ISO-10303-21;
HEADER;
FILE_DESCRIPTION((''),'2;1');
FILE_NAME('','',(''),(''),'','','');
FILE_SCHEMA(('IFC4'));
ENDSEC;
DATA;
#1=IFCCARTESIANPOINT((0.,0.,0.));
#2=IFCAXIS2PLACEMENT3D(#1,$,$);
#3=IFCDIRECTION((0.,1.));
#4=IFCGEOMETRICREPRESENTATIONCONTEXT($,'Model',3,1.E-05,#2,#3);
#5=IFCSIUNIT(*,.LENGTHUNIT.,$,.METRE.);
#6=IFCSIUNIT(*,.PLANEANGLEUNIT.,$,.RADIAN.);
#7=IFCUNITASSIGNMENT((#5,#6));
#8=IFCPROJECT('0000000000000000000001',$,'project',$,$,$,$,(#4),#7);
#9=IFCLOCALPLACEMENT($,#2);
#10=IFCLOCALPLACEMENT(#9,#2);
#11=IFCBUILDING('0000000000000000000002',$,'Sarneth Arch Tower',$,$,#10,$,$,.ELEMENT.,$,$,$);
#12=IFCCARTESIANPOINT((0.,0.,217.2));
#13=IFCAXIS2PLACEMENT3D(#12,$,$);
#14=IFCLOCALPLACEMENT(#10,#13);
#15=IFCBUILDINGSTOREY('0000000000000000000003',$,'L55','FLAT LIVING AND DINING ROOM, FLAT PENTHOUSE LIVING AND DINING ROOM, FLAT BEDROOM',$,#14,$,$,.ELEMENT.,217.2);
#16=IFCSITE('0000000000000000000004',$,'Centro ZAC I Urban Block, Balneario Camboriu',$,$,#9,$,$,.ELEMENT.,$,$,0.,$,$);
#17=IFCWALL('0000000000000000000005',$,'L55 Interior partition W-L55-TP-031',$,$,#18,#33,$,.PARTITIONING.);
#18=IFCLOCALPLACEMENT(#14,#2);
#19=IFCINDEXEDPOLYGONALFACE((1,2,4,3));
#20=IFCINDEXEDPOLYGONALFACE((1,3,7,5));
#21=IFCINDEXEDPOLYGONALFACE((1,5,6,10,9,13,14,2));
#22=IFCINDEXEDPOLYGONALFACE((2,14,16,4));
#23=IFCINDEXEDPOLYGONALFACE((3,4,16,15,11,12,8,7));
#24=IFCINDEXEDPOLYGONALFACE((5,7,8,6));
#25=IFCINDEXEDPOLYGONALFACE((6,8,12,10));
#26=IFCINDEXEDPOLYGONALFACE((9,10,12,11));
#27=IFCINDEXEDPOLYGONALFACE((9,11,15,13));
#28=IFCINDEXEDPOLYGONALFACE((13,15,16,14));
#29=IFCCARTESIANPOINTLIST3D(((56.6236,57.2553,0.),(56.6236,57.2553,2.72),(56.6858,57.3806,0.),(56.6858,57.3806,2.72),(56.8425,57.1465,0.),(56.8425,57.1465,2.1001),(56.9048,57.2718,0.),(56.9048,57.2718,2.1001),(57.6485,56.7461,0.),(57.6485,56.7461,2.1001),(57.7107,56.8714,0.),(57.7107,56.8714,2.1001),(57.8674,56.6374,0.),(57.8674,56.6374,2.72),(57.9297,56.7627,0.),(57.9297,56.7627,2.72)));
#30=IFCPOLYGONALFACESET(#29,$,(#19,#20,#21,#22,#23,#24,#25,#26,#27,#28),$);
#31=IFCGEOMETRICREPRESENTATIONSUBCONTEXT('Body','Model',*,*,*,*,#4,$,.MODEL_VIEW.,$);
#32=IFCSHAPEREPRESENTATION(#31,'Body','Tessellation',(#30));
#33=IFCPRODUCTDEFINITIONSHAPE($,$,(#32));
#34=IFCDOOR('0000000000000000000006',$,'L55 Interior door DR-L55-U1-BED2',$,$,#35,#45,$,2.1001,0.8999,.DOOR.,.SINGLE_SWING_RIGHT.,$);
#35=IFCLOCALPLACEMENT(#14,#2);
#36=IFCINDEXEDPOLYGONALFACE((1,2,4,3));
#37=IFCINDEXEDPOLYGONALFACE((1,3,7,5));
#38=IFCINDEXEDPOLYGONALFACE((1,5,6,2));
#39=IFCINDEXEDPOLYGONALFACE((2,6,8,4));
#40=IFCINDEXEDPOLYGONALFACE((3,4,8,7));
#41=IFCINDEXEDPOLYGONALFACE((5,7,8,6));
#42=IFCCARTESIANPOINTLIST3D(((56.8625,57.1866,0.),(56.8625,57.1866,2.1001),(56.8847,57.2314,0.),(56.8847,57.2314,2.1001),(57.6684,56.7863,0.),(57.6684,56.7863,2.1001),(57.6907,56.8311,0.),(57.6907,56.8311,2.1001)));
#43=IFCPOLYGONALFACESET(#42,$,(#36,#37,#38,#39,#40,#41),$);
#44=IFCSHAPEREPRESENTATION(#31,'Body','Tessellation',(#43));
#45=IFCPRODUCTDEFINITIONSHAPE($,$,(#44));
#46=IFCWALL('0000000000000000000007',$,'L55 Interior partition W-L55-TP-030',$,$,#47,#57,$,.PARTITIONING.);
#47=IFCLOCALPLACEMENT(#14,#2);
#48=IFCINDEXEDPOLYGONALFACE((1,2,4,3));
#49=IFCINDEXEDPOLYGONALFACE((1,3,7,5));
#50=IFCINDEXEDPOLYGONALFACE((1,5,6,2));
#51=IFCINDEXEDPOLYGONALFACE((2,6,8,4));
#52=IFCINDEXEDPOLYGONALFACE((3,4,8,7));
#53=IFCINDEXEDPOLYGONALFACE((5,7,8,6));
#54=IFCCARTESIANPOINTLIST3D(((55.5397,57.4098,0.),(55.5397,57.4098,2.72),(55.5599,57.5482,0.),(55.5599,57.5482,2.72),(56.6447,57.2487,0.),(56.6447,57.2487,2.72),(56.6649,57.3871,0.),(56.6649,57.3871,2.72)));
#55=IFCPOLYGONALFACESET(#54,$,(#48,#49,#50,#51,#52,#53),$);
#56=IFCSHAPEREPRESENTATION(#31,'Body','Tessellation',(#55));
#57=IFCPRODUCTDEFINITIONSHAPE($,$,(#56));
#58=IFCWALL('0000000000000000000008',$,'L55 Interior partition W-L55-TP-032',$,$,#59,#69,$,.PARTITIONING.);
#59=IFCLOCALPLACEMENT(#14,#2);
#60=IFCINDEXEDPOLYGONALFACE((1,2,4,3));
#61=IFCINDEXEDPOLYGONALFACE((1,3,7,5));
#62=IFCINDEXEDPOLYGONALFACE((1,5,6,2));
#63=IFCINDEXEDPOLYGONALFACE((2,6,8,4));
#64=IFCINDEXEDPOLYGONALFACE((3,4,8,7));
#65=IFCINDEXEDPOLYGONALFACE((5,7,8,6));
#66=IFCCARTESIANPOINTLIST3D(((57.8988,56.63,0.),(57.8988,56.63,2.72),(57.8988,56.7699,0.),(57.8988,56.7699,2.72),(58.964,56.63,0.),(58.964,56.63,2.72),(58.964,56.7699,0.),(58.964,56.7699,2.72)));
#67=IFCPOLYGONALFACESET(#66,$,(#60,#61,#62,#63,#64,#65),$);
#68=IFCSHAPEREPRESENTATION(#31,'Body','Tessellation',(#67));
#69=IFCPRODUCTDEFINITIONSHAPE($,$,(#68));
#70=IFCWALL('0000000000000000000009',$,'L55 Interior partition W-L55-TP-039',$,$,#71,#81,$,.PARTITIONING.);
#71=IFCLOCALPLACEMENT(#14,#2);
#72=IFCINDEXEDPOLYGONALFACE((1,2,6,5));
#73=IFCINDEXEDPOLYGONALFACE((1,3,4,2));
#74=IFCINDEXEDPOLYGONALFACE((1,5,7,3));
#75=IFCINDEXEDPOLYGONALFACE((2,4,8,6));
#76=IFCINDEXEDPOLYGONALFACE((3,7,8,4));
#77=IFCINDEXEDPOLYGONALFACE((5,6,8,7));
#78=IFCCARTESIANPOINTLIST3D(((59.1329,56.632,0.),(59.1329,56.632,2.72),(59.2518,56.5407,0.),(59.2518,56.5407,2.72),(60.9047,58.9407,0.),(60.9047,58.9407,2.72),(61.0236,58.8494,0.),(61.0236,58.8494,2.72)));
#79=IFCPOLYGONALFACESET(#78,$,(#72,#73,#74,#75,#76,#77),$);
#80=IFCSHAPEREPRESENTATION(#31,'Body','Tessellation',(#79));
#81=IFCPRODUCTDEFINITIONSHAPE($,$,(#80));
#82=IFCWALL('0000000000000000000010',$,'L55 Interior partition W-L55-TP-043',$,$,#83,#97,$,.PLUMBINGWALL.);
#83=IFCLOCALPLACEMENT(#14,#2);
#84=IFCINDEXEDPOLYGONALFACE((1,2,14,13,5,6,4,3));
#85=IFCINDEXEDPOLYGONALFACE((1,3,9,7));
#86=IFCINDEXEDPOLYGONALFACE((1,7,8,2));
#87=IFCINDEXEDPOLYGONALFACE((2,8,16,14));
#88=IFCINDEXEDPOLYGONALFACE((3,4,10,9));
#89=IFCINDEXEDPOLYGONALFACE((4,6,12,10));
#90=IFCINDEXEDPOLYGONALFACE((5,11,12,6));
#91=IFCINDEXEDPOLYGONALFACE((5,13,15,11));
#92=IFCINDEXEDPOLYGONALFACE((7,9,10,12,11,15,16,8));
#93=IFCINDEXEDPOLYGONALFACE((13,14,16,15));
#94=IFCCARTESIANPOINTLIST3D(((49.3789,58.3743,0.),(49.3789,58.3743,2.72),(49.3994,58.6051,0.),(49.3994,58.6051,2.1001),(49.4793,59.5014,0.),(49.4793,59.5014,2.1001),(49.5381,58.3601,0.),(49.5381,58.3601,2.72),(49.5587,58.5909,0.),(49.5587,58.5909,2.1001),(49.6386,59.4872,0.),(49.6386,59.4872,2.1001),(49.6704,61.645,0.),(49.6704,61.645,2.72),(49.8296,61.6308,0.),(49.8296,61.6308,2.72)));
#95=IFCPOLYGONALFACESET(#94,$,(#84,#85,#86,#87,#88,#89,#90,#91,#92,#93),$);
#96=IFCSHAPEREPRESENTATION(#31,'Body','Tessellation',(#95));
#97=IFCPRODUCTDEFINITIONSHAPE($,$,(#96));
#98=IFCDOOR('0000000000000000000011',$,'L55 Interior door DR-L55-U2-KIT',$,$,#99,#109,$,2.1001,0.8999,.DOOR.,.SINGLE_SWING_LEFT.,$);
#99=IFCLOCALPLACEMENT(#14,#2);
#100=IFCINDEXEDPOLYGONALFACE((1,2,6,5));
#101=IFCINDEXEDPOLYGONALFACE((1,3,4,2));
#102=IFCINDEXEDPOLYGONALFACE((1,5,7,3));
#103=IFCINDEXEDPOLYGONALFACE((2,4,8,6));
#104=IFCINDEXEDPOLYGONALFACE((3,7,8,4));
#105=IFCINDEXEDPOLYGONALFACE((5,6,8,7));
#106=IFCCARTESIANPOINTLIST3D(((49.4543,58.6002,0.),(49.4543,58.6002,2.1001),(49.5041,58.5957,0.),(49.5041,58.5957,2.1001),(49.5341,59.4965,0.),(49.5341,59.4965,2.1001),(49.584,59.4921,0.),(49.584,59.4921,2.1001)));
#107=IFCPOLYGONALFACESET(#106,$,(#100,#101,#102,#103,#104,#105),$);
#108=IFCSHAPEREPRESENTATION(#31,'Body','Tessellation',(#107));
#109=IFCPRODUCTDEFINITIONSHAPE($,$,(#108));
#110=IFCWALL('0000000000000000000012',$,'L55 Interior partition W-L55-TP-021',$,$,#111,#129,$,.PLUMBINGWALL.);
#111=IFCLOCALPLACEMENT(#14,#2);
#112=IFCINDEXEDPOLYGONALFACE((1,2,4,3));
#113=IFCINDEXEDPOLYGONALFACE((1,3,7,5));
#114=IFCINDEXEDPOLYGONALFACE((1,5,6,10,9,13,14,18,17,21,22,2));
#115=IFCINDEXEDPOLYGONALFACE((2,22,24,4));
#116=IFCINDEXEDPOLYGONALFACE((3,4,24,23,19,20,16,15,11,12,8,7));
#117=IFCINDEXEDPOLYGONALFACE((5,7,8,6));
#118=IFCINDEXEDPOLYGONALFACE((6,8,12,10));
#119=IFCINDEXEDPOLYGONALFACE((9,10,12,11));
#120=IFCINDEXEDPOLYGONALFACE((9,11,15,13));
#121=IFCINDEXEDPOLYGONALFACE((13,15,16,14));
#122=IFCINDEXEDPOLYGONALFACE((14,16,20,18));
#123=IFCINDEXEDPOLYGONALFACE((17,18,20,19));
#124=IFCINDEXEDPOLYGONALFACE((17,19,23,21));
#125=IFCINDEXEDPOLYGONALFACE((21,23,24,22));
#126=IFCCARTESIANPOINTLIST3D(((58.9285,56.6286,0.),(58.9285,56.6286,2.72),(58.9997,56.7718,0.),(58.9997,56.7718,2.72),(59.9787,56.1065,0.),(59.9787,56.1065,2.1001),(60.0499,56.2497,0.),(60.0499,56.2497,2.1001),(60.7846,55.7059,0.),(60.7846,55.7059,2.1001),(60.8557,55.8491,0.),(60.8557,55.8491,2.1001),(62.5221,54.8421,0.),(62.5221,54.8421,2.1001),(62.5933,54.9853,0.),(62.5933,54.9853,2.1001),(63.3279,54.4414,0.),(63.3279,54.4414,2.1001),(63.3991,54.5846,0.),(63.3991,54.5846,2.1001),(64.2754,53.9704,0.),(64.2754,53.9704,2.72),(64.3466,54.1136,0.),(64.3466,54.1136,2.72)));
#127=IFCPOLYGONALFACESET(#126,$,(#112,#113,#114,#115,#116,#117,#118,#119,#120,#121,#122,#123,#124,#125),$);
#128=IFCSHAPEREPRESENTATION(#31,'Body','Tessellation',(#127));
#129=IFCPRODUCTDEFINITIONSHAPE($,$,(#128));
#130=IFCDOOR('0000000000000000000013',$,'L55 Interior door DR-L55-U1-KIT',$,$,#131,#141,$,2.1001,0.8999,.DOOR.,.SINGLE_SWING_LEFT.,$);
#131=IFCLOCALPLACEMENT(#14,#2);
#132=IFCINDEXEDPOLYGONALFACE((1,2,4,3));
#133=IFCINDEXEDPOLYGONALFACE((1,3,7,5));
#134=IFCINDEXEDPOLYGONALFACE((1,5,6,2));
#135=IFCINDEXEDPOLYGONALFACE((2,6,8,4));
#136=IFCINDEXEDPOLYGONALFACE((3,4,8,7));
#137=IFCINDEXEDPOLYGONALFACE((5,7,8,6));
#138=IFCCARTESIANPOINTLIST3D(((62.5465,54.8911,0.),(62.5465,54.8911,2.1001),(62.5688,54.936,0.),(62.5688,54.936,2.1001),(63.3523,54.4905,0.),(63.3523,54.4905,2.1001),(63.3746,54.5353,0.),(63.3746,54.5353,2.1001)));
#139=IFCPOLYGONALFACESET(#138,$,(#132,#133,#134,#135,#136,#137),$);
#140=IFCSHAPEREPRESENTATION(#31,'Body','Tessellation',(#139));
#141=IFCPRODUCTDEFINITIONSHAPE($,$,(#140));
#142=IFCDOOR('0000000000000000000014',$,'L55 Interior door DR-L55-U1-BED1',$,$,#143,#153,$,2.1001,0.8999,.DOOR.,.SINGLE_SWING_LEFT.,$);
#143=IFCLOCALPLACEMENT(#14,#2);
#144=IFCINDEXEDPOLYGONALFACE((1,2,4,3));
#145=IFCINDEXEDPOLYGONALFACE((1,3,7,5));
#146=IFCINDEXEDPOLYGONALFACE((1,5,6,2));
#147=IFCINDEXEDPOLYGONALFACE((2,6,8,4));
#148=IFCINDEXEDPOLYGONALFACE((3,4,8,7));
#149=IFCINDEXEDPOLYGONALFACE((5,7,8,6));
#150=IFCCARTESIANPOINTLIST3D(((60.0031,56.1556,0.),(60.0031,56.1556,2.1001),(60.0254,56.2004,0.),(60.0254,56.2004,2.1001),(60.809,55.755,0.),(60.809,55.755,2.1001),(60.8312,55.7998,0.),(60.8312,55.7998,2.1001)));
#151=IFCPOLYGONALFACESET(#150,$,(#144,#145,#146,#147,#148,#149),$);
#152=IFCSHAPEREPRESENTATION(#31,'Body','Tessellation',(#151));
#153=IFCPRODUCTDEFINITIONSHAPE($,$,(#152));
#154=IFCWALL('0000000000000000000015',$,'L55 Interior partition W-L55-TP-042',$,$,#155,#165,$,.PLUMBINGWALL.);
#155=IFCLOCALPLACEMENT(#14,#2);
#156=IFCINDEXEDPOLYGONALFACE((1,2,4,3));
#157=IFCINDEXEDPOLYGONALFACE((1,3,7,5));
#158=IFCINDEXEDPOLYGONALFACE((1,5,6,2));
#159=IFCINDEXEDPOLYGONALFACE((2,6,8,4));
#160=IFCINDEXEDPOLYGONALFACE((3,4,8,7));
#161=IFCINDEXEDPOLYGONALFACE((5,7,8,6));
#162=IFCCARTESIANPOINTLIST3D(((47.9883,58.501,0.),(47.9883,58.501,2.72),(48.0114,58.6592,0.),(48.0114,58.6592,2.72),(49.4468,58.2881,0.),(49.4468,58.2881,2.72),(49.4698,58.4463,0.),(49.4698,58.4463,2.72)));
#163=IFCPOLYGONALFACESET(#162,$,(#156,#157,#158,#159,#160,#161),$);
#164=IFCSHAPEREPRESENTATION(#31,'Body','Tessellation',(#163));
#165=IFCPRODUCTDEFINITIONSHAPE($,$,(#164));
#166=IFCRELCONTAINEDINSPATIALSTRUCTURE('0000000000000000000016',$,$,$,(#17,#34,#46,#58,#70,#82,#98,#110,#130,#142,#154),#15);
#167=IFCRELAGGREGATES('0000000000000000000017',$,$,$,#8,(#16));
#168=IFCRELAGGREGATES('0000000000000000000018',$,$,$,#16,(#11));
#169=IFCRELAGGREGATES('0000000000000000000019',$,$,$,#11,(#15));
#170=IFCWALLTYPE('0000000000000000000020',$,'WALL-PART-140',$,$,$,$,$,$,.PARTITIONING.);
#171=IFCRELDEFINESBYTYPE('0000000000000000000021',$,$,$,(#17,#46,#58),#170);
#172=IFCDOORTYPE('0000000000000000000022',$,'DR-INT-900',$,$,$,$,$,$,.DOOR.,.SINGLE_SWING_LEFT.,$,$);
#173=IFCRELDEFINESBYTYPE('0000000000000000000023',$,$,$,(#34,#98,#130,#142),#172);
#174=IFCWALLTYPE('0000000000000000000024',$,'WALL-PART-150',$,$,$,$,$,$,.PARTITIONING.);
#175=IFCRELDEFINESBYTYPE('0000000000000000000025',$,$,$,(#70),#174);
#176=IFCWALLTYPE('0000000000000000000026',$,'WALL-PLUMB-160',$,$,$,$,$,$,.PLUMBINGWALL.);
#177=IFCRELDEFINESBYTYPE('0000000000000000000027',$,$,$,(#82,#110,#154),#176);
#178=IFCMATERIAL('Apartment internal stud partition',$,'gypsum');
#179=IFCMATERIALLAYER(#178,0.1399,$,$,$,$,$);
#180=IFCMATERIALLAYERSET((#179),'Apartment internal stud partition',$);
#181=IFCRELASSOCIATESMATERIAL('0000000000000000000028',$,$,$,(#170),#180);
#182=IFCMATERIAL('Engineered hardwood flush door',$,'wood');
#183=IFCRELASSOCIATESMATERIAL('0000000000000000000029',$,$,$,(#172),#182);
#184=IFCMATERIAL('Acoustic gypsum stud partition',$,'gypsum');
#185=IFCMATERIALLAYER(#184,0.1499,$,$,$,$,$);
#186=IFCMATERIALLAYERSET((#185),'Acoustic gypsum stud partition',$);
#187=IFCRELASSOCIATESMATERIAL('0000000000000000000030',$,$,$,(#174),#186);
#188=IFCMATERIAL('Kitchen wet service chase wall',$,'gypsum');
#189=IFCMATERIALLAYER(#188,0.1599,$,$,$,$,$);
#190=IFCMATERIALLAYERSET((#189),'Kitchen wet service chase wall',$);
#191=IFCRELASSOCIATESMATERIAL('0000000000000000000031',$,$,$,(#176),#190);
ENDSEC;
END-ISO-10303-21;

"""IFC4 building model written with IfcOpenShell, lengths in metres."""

from ifc_helpers import new_model, si_unit, direction, frame, frame_2d, origin, place, context, subcontext, project, spatial, rectangle, extrude, material, layer, layer_set, type_object, element, fill, save


model = new_model("IFC4")

# Units and contexts
model_context = context("Model", 3, precision=1e-05, world=origin(), true_north=direction((0.0, 1.0)))
body_context = subcontext(model_context, "Body", "Model", "MODEL_VIEW")
ifc_project = project(units=[si_unit("LENGTHUNIT", "METRE"), si_unit("PLANEANGLEUNIT", "RADIAN")], contexts=[model_context])

# Site, building, storey
site_placement = place(None, origin())
site = spatial("IfcSite", under=ifc_project, at=site_placement, Name="Centro ZAC I Urban Block, Balneario Camboriu", CompositionType="ELEMENT", RefElevation=0.0)
building_placement = place(site_placement, origin())
building = spatial("IfcBuilding", under=site, at=building_placement, Name="Sarneth Arch Tower", CompositionType="ELEMENT")
storey_placement = place(building_placement, frame((0.0, 0.0, 217.2)))
storey = spatial("IfcBuildingStorey", under=building, at=storey_placement, Name="L55", Description="FLAT LIVING AND DINING ROOM, FLAT PENTHOUSE LIVING AND DINING ROOM, FLAT BEDROOM", CompositionType="ELEMENT", Elevation=217.2)

# Wall, opening, door
ifc_material_1 = material(Name="Apartment internal stud partition", Category="gypsum")
ifc_layer_1 = layer(ifc_material_1, 0.1399)
ifc_layer_set_1 = layer_set([ifc_layer_1], Name="Apartment internal stud partition")
wall_type_1 = type_object("IfcWallType", Name="WALL-PART-140", PredefinedType="PARTITIONING", material=ifc_layer_set_1)
wall_1_placement = place(storey_placement, frame((56.6548, 57.3179, 0.0), z_axis=(0.0, 0.0, 1.0), x_axis=(0.895584, -0.444892, 0.0)))
wall_1 = element("IfcWall", 1, at=wall_1_placement, inside=storey, type_object=wall_type_1, Name="L55 Interior partition W-L55-TP-031", PredefinedType="PARTITIONING", context=body_context, shape_type="SweptSolid", body=[
    extrude(rectangle(XDim=1.3889, YDim=0.1399, at=frame_2d((0.6943, 0.0))), origin(), (0.0, 0.0, 1.0), 2.72),
])
opening_1_placement = place(wall_1_placement, frame((0.2444, 0.0, 0.0)))
opening_1 = element("IfcOpeningElement", 2, at=opening_1_placement, cuts=wall_1, PredefinedType="OPENING", context=body_context, shape_type="SweptSolid", body=[
    extrude(rectangle(XDim=0.8999, YDim=2.1001, at=frame_2d((0.45, 1.05))), frame((0.0, 0.0798, 0.0), z_axis=(0.0, -1.0, 0.0), x_axis=(1.0, 0.0, 0.0)), (0.0, 0.0, 1.0), 0.1599),
])
ifc_material_2 = material(Name="Engineered hardwood flush door", Category="wood")
door_type_1 = type_object("IfcDoorType", Name="DR-INT-900", OperationType="SINGLE_SWING_LEFT", PredefinedType="DOOR", material=ifc_material_2)
door_1_placement = place(opening_1_placement, origin())
door_1 = element("IfcDoor", 3, at=door_1_placement, inside=storey, type_object=door_type_1, Name="L55 Interior door DR-L55-U1-BED2", OperationType="SINGLE_SWING_RIGHT", OverallHeight=2.1001, OverallWidth=0.8999, PredefinedType="DOOR", context=body_context, shape_type="SweptSolid", body=[
    extrude(rectangle(XDim=0.8999, YDim=2.1001, at=frame_2d((0.45, 1.05))), frame((0.0, 0.0249, 0.0), z_axis=(0.0, -1.0, 0.0), x_axis=(1.0, 0.0, 0.0)), (0.0, 0.0, 1.0), 0.05),
])
fill(opening_1, door_1)

# Walls
wall_2_placement = place(storey_placement, frame((55.5498, 57.479, 0.0), z_axis=(0.0, 0.0, 1.0), x_axis=(0.989534, -0.144298, 0.0)))
element("IfcWall", 4, at=wall_2_placement, inside=storey, type_object=wall_type_1, Name="L55 Interior partition W-L55-TP-030", PredefinedType="PARTITIONING", context=body_context, shape_type="SweptSolid", body=[
    extrude(rectangle(XDim=1.1167, YDim=0.1399, at=frame_2d((0.5583, 0.0))), origin(), (0.0, 0.0, 1.0), 2.72),
])
wall_3_placement = place(storey_placement, frame((57.8987, 56.7, 0.0), z_axis=(0.0, 0.0, 1.0), x_axis=(1.0, 0.0, 0.0)))
element("IfcWall", 5, at=wall_3_placement, inside=storey, type_object=wall_type_1, Name="L55 Interior partition W-L55-TP-032", PredefinedType="PARTITIONING", context=body_context, shape_type="SweptSolid", body=[
    extrude(rectangle(XDim=1.0652, YDim=0.1399, at=frame_2d((0.5327, 0.0))), origin(), (0.0, 0.0, 1.0), 2.72),
])
ifc_material_3 = material(Name="Acoustic gypsum stud partition", Category="gypsum")
ifc_layer_2 = layer(ifc_material_3, 0.1499)
ifc_layer_set_2 = layer_set([ifc_layer_2], Name="Acoustic gypsum stud partition")
wall_type_2 = type_object("IfcWallType", Name="WALL-PART-150", PredefinedType="PARTITIONING", material=ifc_layer_set_2)
wall_4_placement = place(storey_placement, frame((60.9641, 58.895, 0.0), z_axis=(0.0, 0.0, 1.0), x_axis=(-0.608822, -0.793306, 0.0)))
element("IfcWall", 6, at=wall_4_placement, inside=storey, type_object=wall_type_2, Name="L55 Interior partition W-L55-TP-039", PredefinedType="PARTITIONING", context=body_context, shape_type="SweptSolid", body=[
    extrude(rectangle(XDim=2.9102, YDim=0.1499, at=frame_2d((1.4551, 0.0))), origin(), (0.0, 0.0, 1.0), 2.72),
])

# Wall, opening, door
ifc_material_4 = material(Name="Kitchen wet service chase wall", Category="gypsum")
ifc_layer_3 = layer(ifc_material_4, 0.1599)
ifc_layer_set_3 = layer_set([ifc_layer_3], Name="Kitchen wet service chase wall")
wall_type_3 = type_object("IfcWallType", Name="WALL-PLUMB-160", PredefinedType="PLUMBINGWALL", material=ifc_layer_set_3)
wall_5_placement = place(storey_placement, frame((49.4585, 58.3672, 0.0), z_axis=(0.0, 0.0, 1.0), x_axis=(0.088773, 0.996052, 0.0)))
wall_5 = element("IfcWall", 7, at=wall_5_placement, inside=storey, type_object=wall_type_3, Name="L55 Interior partition W-L55-TP-043", PredefinedType="PLUMBINGWALL", context=body_context, shape_type="SweptSolid", body=[
    extrude(rectangle(XDim=3.2837, YDim=0.1599, at=frame_2d((1.6418, 0.0))), origin(), (0.0, 0.0, 1.0), 2.72),
])
opening_2_placement = place(wall_5_placement, frame((0.2317, 0.0, 0.0)))
opening_2 = element("IfcOpeningElement", 8, at=opening_2_placement, cuts=wall_5, PredefinedType="OPENING", context=body_context, shape_type="SweptSolid", body=[
    extrude(rectangle(XDim=0.8999, YDim=2.1001, at=frame_2d((0.45, 1.05))), frame((0.0, 0.0898, 0.0), z_axis=(0.0, -1.0, 0.0), x_axis=(1.0, 0.0, 0.0)), (0.0, 0.0, 1.0), 0.1799),
])
door_2_placement = place(opening_2_placement, origin())
door_2 = element("IfcDoor", 9, at=door_2_placement, inside=storey, type_object=door_type_1, Name="L55 Interior door DR-L55-U2-KIT", OperationType="SINGLE_SWING_LEFT", OverallHeight=2.1001, OverallWidth=0.8999, PredefinedType="DOOR", context=body_context, shape_type="SweptSolid", body=[
    extrude(rectangle(XDim=0.8999, YDim=2.1001, at=frame_2d((0.45, 1.05))), frame((0.0, 0.0249, 0.0), z_axis=(0.0, -1.0, 0.0), x_axis=(1.0, 0.0, 0.0)), (0.0, 0.0, 1.0), 0.05),
])
fill(opening_2, door_2)

# Wall, openings, doors
wall_6_placement = place(storey_placement, frame((58.9641, 56.7002, 0.0), z_axis=(0.0, 0.0, 1.0), x_axis=(0.895447, -0.445168, 0.0)))
wall_6 = element("IfcWall", 10, at=wall_6_placement, inside=storey, type_object=wall_type_3, Name="L55 Interior partition W-L55-TP-021", PredefinedType="PLUMBINGWALL", context=body_context, shape_type="SweptSolid", body=[
    extrude(rectangle(XDim=5.9712, YDim=0.1599, at=frame_2d((2.9856, 0.0))), origin(), (0.0, 0.0, 1.0), 2.72),
])
opening_3_placement = place(wall_6_placement, frame((4.0132, 0.0, 0.0)))
opening_3 = element("IfcOpeningElement", 11, at=opening_3_placement, cuts=wall_6, PredefinedType="OPENING", context=body_context, shape_type="SweptSolid", body=[
    extrude(rectangle(XDim=0.8999, YDim=2.1001, at=frame_2d((0.45, 1.05))), frame((0.0, 0.0898, 0.0), z_axis=(0.0, -1.0, 0.0), x_axis=(1.0, 0.0, 0.0)), (0.0, 0.0, 1.0), 0.1799),
])
opening_4_placement = place(wall_6_placement, frame((1.1729, 0.0, 0.0)))
opening_4 = element("IfcOpeningElement", 12, at=opening_4_placement, cuts=wall_6, PredefinedType="OPENING", context=body_context, shape_type="SweptSolid", body=[
    extrude(rectangle(XDim=0.8999, YDim=2.1001, at=frame_2d((0.45, 1.05))), frame((0.0, 0.0898, 0.0), z_axis=(0.0, -1.0, 0.0), x_axis=(1.0, 0.0, 0.0)), (0.0, 0.0, 1.0), 0.1799),
])
door_3_placement = place(opening_3_placement, origin())
door_3 = element("IfcDoor", 13, at=door_3_placement, inside=storey, type_object=door_type_1, Name="L55 Interior door DR-L55-U1-KIT", OperationType="SINGLE_SWING_LEFT", OverallHeight=2.1001, OverallWidth=0.8999, PredefinedType="DOOR", context=body_context, shape_type="SweptSolid", body=[
    extrude(rectangle(XDim=0.8999, YDim=2.1001, at=frame_2d((0.45, 1.05))), frame((0.0, 0.0249, 0.0), z_axis=(0.0, -1.0, 0.0), x_axis=(1.0, 0.0, 0.0)), (0.0, 0.0, 1.0), 0.05),
])
fill(opening_3, door_3)
door_4_placement = place(opening_4_placement, origin())
door_4 = element("IfcDoor", 14, at=door_4_placement, inside=storey, type_object=door_type_1, Name="L55 Interior door DR-L55-U1-BED1", OperationType="SINGLE_SWING_LEFT", OverallHeight=2.1001, OverallWidth=0.8999, PredefinedType="DOOR", context=body_context, shape_type="SweptSolid", body=[
    extrude(rectangle(XDim=0.8999, YDim=2.1001, at=frame_2d((0.45, 1.05))), frame((0.0, 0.0249, 0.0), z_axis=(0.0, -1.0, 0.0), x_axis=(1.0, 0.0, 0.0)), (0.0, 0.0, 1.0), 0.05),
])
fill(opening_4, door_4)

# Wall
wall_7_placement = place(storey_placement, frame((48.0, 58.5801, 0.0), z_axis=(0.0, 0.0, 1.0), x_axis=(0.989514, -0.144435, 0.0)))
element("IfcWall", 15, at=wall_7_placement, inside=storey, type_object=wall_type_3, Name="L55 Interior partition W-L55-TP-042", PredefinedType="PLUMBINGWALL", context=body_context, shape_type="SweptSolid", body=[
    extrude(rectangle(XDim=1.4739, YDim=0.1599, at=frame_2d((0.7368, 0.0))), origin(), (0.0, 0.0, 1.0), 2.72),
])

save(model, "model.ifc")
